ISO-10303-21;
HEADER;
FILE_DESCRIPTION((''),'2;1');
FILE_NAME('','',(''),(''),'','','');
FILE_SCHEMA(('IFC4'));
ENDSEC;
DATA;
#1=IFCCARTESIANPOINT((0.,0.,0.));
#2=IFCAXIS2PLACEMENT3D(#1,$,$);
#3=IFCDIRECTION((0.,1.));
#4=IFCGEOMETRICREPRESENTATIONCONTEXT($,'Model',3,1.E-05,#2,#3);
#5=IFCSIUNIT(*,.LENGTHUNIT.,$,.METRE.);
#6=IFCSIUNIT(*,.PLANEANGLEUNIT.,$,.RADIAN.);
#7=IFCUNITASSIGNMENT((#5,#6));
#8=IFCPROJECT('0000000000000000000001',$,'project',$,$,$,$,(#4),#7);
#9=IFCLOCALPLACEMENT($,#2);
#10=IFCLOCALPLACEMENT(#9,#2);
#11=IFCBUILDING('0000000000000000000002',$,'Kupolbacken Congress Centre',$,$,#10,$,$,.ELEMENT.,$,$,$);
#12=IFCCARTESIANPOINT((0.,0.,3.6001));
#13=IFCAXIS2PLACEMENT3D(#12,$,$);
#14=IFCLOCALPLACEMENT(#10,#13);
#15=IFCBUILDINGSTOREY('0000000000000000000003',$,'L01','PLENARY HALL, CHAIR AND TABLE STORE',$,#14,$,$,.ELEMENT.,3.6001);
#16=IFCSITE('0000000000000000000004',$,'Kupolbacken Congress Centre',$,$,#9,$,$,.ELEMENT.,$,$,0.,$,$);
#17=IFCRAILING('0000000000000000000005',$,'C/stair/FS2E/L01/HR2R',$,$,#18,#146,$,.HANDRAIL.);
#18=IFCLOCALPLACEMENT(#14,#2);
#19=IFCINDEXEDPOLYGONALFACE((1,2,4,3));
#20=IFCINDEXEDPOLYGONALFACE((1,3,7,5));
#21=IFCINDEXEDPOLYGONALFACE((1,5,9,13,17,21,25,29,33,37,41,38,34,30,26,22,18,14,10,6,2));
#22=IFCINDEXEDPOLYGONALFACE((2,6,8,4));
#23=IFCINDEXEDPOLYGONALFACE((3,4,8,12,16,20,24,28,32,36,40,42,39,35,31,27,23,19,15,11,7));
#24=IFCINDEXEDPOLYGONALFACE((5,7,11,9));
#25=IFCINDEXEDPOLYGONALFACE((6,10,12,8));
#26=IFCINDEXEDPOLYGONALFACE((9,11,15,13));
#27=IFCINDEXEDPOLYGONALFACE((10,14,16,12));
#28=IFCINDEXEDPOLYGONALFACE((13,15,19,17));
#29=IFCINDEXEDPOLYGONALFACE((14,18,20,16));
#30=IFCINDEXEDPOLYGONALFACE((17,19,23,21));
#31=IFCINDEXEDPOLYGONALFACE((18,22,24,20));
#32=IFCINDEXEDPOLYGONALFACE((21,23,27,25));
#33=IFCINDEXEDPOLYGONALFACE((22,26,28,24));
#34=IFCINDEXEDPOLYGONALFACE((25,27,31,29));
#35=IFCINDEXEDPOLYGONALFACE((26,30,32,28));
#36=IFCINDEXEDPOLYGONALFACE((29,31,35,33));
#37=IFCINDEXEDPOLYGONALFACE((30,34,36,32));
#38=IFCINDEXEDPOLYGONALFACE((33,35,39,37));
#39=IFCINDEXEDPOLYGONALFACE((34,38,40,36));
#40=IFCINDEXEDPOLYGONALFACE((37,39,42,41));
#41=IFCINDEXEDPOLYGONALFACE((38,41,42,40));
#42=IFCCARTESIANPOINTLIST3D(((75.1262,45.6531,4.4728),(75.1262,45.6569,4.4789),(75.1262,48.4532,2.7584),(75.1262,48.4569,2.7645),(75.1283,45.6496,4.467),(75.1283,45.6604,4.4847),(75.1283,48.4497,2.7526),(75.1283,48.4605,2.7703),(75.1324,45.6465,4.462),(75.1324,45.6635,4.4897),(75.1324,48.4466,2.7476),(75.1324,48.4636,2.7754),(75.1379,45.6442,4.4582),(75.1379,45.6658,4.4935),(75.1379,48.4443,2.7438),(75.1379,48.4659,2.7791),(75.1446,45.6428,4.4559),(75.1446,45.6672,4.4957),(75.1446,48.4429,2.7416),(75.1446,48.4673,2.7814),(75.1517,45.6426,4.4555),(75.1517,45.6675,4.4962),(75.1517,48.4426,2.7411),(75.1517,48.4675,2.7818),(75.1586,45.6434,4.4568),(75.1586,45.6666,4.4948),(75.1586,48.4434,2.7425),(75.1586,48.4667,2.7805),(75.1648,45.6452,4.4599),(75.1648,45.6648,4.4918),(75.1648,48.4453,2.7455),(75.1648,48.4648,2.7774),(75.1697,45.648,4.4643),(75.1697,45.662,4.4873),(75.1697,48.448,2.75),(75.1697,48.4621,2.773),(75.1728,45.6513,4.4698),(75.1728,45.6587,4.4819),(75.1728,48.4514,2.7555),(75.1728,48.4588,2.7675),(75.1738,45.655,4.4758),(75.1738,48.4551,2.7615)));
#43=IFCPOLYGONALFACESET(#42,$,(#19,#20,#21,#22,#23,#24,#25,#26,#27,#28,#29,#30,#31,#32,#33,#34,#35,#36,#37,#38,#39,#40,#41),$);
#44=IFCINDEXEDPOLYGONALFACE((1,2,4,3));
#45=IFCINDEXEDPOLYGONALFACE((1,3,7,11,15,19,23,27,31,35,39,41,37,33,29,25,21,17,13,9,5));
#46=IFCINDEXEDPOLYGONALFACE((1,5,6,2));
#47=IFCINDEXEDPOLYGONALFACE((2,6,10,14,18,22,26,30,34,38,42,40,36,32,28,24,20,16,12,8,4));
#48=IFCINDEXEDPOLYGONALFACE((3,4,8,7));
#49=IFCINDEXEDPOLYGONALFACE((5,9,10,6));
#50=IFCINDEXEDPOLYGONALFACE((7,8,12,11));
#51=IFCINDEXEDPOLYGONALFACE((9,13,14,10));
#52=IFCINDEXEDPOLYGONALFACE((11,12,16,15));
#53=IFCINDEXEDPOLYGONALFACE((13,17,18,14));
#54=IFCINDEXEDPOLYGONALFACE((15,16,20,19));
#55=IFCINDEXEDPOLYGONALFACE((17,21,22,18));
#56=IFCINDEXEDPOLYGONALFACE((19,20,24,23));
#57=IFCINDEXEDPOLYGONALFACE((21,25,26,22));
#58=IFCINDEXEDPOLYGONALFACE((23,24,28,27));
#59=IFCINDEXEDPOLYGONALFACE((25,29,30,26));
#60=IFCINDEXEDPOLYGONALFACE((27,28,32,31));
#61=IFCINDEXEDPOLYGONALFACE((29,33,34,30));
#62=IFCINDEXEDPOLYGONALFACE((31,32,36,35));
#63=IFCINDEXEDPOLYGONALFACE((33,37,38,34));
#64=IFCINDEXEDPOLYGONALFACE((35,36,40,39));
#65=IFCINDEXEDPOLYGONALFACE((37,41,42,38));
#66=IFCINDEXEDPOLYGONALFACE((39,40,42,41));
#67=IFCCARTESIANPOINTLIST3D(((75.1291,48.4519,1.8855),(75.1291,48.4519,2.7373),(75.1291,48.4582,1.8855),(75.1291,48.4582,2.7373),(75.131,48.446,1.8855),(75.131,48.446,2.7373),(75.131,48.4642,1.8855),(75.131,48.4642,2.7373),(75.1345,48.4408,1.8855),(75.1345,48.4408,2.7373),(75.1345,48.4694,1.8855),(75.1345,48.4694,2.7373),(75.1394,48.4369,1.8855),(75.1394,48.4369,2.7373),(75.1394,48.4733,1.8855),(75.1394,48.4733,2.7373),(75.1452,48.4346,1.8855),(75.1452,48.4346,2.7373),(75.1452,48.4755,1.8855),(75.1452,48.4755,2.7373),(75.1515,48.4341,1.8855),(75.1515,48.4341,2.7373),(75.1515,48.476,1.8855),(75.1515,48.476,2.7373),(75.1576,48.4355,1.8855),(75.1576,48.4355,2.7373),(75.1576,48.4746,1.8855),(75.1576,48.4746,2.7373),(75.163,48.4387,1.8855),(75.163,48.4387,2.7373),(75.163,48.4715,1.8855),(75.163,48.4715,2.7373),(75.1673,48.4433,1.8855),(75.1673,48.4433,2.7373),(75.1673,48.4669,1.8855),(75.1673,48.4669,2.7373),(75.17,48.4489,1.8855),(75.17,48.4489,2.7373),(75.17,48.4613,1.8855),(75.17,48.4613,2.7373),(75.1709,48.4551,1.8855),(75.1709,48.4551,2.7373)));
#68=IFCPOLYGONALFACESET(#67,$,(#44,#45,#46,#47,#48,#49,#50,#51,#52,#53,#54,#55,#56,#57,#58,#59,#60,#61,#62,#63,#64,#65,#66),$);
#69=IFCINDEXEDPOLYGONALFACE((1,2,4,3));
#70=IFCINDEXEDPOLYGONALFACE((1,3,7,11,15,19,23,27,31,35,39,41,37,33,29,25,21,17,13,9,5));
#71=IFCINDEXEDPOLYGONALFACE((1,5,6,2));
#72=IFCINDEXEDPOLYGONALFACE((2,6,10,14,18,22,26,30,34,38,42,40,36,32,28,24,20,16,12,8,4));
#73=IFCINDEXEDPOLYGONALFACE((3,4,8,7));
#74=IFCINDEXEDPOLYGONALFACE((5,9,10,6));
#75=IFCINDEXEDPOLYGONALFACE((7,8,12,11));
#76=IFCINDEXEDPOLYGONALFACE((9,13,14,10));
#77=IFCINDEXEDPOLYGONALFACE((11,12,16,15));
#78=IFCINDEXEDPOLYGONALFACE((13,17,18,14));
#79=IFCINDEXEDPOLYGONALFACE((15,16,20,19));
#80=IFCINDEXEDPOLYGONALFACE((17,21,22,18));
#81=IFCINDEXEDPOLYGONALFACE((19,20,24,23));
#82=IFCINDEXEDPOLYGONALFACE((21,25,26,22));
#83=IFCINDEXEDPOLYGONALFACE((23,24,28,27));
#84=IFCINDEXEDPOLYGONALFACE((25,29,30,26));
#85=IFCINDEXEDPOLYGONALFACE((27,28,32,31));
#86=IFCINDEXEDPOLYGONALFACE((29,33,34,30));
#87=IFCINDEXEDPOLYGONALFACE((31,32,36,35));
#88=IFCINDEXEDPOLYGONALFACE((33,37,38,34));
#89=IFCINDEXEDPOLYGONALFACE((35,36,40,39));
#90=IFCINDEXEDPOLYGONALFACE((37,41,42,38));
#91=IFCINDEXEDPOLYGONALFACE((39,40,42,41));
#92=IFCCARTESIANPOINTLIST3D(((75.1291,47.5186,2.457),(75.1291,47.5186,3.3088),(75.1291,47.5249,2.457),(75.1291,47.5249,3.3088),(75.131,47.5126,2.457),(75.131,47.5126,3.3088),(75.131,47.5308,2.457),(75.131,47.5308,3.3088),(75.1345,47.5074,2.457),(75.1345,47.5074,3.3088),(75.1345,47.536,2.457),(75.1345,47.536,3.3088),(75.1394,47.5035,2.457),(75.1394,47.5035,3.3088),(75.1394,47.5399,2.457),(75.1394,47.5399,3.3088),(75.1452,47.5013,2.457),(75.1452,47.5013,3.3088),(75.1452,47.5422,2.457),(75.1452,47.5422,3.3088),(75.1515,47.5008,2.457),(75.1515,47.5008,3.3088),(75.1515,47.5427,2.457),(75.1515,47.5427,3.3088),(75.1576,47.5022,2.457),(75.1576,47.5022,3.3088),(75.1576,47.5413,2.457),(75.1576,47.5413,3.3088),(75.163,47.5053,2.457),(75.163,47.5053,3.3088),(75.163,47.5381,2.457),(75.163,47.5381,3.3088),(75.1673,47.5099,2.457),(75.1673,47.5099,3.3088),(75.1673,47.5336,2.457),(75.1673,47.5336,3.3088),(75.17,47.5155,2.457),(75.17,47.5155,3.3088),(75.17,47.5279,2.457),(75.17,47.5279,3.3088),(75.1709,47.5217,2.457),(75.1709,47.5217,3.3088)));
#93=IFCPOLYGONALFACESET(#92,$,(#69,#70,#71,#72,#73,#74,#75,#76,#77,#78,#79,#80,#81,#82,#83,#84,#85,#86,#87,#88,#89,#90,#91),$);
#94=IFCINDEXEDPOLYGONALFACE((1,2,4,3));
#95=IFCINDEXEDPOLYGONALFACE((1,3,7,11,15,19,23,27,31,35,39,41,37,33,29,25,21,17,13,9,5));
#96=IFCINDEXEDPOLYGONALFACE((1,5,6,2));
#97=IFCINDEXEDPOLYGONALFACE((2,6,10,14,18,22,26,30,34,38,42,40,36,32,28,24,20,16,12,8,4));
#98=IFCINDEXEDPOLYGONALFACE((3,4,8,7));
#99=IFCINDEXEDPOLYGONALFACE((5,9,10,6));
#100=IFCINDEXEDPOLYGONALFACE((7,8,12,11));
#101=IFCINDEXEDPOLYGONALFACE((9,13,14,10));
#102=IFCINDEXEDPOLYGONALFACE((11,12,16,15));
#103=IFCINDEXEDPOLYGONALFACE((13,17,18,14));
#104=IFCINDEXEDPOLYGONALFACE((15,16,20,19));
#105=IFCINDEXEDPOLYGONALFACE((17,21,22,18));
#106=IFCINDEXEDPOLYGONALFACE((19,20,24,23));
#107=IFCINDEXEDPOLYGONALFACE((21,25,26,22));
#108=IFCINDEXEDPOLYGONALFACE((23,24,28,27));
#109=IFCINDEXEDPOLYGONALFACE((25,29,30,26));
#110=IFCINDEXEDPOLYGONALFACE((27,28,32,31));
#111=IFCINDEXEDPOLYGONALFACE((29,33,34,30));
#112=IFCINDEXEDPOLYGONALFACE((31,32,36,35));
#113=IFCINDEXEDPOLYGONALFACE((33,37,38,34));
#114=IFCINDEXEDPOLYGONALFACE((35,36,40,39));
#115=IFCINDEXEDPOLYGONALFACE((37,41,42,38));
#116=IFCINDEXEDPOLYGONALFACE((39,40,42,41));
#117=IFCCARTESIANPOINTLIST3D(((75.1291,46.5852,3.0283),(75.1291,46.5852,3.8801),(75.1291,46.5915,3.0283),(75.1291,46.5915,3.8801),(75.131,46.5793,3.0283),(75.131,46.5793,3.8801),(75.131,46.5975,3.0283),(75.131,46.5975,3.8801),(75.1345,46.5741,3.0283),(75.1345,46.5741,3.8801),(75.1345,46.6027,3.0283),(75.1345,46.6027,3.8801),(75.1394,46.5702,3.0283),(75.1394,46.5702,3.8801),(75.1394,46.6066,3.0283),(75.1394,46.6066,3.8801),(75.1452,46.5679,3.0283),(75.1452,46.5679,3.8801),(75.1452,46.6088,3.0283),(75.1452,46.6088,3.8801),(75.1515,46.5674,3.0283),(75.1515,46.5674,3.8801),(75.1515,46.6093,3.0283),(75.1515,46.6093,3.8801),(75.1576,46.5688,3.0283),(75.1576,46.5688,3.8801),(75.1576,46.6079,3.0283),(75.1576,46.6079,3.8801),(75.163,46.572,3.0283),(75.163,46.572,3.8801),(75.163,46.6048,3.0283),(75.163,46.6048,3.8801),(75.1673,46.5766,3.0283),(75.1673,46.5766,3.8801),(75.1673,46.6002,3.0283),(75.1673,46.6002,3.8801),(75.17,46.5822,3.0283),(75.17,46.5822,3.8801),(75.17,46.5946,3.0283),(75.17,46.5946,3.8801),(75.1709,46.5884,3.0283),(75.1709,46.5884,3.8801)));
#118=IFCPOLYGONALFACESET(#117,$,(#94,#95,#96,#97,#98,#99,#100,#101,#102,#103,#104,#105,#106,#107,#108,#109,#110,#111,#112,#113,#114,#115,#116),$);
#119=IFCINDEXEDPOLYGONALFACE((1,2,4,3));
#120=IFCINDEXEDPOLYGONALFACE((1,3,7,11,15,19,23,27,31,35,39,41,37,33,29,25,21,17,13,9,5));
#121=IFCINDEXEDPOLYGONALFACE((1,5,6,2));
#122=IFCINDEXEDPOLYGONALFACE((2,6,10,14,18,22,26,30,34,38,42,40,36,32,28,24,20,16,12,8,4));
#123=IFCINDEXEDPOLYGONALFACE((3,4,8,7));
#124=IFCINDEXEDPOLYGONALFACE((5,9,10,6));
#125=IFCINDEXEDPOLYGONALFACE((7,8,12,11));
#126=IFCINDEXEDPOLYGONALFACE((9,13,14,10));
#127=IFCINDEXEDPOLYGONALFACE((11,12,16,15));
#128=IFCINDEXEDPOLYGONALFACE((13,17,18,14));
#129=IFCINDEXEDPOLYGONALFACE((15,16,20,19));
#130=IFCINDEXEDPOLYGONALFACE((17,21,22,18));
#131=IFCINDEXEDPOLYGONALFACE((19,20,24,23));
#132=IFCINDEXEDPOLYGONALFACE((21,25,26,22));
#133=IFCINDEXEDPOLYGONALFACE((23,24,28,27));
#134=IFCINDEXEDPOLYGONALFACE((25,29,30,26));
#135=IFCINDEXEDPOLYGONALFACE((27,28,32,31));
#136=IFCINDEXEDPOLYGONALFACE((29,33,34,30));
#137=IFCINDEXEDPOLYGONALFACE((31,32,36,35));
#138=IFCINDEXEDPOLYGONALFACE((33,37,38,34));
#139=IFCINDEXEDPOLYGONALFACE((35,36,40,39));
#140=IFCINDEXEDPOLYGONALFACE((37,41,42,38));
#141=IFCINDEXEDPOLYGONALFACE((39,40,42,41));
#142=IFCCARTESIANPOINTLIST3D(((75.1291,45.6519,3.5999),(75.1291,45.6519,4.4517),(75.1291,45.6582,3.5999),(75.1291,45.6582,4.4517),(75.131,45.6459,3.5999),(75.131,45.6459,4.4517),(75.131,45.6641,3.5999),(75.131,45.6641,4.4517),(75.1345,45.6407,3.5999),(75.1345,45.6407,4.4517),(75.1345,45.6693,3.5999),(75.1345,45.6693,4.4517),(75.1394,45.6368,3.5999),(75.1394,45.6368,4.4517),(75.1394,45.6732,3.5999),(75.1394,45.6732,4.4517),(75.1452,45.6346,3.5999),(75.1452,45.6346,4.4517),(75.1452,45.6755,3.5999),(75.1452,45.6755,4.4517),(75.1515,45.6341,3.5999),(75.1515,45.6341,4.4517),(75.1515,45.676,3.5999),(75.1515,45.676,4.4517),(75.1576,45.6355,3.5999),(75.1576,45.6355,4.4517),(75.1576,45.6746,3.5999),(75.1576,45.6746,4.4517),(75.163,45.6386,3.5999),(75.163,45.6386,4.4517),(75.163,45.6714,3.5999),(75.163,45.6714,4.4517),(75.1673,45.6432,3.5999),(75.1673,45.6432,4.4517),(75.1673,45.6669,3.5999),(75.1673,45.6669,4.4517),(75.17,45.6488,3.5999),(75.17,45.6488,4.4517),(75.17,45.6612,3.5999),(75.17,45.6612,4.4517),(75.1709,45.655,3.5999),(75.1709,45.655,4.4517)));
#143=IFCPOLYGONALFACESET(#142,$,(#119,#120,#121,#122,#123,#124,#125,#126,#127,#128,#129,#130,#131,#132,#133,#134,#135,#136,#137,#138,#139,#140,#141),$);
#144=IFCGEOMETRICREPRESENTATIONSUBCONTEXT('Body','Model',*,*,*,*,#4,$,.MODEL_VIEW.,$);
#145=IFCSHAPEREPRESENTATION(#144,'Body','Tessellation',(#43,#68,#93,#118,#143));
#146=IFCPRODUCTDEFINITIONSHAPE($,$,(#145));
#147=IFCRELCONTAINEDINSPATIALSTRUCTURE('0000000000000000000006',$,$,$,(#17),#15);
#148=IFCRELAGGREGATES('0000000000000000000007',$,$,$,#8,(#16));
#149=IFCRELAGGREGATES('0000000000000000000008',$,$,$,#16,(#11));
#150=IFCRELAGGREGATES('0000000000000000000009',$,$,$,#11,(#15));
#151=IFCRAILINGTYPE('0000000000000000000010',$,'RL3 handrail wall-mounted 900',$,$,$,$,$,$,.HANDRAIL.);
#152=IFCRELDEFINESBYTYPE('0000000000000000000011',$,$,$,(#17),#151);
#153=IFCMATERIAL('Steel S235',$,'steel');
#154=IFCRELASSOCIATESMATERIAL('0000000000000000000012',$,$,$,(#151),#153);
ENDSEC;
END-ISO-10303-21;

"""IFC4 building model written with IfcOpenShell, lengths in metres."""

from ifc_helpers import new_model, si_unit, direction, frame, origin, origin_2d, place, context, subcontext, project, spatial, circle, extrude, material, type_object, element, save


model = new_model("IFC4")

# Units and contexts
model_context = context("Model", 3, precision=1e-05, world=origin(), true_north=direction((0.0, 1.0)))
body_context = subcontext(model_context, "Body", "Model", "MODEL_VIEW")
ifc_project = project(units=[si_unit("LENGTHUNIT", "METRE"), si_unit("PLANEANGLEUNIT", "RADIAN")], contexts=[model_context])

# Site, building, storey
site_placement = place(None, origin())
site = spatial("IfcSite", under=ifc_project, at=site_placement, Name="Kupolbacken Congress Centre", CompositionType="ELEMENT", RefElevation=0.0)
building_placement = place(site_placement, origin())
building = spatial("IfcBuilding", under=site, at=building_placement, Name="Kupolbacken Congress Centre", CompositionType="ELEMENT")
storey_placement = place(building_placement, frame((0.0, 0.0, 3.6001)))
storey = spatial("IfcBuildingStorey", under=building, at=storey_placement, Name="L01", Description="PLENARY HALL, CHAIR AND TABLE STORE", CompositionType="ELEMENT", Elevation=3.6001)

# Railing
ifc_material_1 = material(Name="Steel S235", Category="steel")
railing_type = type_object("IfcRailingType", Name="RL3 handrail wall-mounted 900", PredefinedType="HANDRAIL", material=ifc_material_1)
for number, where, name in (
    (1, (75.1499, 48.4551, 1.8855), "C/stair/FS2E/L01/HR2R"),
):
    element("IfcRailing", number, at=place(storey_placement, frame(where)), inside=storey, type_object=railing_type, Name=name, PredefinedType="HANDRAIL", context=body_context, shape_type="SweptSolid", body=[
        extrude(circle(Radius=0.0239, at=origin_2d()), frame((0.0, 0.0, 0.876), z_axis=(0.0, -0.852846, 0.522163), x_axis=(1.0, 0.0, 0.0)), (0.0, 0.0, 1.0), 3.2832),
        extrude(circle(Radius=0.021, at=origin_2d()), origin(), (0.0, 0.0, 1.0), 0.8518),
        extrude(circle(Radius=0.021, at=origin_2d()), frame((0.0, -0.9333, 0.5715)), (0.0, 0.0, 1.0), 0.8518),
        extrude(circle(Radius=0.021, at=origin_2d()), frame((0.0, -1.8667, 1.1428)), (0.0, 0.0, 1.0), 0.8518),
        extrude(circle(Radius=0.021, at=origin_2d()), frame((0.0, -2.8, 1.7144)), (0.0, 0.0, 1.0), 0.8518),
    ])

save(model, "model.ifc")
